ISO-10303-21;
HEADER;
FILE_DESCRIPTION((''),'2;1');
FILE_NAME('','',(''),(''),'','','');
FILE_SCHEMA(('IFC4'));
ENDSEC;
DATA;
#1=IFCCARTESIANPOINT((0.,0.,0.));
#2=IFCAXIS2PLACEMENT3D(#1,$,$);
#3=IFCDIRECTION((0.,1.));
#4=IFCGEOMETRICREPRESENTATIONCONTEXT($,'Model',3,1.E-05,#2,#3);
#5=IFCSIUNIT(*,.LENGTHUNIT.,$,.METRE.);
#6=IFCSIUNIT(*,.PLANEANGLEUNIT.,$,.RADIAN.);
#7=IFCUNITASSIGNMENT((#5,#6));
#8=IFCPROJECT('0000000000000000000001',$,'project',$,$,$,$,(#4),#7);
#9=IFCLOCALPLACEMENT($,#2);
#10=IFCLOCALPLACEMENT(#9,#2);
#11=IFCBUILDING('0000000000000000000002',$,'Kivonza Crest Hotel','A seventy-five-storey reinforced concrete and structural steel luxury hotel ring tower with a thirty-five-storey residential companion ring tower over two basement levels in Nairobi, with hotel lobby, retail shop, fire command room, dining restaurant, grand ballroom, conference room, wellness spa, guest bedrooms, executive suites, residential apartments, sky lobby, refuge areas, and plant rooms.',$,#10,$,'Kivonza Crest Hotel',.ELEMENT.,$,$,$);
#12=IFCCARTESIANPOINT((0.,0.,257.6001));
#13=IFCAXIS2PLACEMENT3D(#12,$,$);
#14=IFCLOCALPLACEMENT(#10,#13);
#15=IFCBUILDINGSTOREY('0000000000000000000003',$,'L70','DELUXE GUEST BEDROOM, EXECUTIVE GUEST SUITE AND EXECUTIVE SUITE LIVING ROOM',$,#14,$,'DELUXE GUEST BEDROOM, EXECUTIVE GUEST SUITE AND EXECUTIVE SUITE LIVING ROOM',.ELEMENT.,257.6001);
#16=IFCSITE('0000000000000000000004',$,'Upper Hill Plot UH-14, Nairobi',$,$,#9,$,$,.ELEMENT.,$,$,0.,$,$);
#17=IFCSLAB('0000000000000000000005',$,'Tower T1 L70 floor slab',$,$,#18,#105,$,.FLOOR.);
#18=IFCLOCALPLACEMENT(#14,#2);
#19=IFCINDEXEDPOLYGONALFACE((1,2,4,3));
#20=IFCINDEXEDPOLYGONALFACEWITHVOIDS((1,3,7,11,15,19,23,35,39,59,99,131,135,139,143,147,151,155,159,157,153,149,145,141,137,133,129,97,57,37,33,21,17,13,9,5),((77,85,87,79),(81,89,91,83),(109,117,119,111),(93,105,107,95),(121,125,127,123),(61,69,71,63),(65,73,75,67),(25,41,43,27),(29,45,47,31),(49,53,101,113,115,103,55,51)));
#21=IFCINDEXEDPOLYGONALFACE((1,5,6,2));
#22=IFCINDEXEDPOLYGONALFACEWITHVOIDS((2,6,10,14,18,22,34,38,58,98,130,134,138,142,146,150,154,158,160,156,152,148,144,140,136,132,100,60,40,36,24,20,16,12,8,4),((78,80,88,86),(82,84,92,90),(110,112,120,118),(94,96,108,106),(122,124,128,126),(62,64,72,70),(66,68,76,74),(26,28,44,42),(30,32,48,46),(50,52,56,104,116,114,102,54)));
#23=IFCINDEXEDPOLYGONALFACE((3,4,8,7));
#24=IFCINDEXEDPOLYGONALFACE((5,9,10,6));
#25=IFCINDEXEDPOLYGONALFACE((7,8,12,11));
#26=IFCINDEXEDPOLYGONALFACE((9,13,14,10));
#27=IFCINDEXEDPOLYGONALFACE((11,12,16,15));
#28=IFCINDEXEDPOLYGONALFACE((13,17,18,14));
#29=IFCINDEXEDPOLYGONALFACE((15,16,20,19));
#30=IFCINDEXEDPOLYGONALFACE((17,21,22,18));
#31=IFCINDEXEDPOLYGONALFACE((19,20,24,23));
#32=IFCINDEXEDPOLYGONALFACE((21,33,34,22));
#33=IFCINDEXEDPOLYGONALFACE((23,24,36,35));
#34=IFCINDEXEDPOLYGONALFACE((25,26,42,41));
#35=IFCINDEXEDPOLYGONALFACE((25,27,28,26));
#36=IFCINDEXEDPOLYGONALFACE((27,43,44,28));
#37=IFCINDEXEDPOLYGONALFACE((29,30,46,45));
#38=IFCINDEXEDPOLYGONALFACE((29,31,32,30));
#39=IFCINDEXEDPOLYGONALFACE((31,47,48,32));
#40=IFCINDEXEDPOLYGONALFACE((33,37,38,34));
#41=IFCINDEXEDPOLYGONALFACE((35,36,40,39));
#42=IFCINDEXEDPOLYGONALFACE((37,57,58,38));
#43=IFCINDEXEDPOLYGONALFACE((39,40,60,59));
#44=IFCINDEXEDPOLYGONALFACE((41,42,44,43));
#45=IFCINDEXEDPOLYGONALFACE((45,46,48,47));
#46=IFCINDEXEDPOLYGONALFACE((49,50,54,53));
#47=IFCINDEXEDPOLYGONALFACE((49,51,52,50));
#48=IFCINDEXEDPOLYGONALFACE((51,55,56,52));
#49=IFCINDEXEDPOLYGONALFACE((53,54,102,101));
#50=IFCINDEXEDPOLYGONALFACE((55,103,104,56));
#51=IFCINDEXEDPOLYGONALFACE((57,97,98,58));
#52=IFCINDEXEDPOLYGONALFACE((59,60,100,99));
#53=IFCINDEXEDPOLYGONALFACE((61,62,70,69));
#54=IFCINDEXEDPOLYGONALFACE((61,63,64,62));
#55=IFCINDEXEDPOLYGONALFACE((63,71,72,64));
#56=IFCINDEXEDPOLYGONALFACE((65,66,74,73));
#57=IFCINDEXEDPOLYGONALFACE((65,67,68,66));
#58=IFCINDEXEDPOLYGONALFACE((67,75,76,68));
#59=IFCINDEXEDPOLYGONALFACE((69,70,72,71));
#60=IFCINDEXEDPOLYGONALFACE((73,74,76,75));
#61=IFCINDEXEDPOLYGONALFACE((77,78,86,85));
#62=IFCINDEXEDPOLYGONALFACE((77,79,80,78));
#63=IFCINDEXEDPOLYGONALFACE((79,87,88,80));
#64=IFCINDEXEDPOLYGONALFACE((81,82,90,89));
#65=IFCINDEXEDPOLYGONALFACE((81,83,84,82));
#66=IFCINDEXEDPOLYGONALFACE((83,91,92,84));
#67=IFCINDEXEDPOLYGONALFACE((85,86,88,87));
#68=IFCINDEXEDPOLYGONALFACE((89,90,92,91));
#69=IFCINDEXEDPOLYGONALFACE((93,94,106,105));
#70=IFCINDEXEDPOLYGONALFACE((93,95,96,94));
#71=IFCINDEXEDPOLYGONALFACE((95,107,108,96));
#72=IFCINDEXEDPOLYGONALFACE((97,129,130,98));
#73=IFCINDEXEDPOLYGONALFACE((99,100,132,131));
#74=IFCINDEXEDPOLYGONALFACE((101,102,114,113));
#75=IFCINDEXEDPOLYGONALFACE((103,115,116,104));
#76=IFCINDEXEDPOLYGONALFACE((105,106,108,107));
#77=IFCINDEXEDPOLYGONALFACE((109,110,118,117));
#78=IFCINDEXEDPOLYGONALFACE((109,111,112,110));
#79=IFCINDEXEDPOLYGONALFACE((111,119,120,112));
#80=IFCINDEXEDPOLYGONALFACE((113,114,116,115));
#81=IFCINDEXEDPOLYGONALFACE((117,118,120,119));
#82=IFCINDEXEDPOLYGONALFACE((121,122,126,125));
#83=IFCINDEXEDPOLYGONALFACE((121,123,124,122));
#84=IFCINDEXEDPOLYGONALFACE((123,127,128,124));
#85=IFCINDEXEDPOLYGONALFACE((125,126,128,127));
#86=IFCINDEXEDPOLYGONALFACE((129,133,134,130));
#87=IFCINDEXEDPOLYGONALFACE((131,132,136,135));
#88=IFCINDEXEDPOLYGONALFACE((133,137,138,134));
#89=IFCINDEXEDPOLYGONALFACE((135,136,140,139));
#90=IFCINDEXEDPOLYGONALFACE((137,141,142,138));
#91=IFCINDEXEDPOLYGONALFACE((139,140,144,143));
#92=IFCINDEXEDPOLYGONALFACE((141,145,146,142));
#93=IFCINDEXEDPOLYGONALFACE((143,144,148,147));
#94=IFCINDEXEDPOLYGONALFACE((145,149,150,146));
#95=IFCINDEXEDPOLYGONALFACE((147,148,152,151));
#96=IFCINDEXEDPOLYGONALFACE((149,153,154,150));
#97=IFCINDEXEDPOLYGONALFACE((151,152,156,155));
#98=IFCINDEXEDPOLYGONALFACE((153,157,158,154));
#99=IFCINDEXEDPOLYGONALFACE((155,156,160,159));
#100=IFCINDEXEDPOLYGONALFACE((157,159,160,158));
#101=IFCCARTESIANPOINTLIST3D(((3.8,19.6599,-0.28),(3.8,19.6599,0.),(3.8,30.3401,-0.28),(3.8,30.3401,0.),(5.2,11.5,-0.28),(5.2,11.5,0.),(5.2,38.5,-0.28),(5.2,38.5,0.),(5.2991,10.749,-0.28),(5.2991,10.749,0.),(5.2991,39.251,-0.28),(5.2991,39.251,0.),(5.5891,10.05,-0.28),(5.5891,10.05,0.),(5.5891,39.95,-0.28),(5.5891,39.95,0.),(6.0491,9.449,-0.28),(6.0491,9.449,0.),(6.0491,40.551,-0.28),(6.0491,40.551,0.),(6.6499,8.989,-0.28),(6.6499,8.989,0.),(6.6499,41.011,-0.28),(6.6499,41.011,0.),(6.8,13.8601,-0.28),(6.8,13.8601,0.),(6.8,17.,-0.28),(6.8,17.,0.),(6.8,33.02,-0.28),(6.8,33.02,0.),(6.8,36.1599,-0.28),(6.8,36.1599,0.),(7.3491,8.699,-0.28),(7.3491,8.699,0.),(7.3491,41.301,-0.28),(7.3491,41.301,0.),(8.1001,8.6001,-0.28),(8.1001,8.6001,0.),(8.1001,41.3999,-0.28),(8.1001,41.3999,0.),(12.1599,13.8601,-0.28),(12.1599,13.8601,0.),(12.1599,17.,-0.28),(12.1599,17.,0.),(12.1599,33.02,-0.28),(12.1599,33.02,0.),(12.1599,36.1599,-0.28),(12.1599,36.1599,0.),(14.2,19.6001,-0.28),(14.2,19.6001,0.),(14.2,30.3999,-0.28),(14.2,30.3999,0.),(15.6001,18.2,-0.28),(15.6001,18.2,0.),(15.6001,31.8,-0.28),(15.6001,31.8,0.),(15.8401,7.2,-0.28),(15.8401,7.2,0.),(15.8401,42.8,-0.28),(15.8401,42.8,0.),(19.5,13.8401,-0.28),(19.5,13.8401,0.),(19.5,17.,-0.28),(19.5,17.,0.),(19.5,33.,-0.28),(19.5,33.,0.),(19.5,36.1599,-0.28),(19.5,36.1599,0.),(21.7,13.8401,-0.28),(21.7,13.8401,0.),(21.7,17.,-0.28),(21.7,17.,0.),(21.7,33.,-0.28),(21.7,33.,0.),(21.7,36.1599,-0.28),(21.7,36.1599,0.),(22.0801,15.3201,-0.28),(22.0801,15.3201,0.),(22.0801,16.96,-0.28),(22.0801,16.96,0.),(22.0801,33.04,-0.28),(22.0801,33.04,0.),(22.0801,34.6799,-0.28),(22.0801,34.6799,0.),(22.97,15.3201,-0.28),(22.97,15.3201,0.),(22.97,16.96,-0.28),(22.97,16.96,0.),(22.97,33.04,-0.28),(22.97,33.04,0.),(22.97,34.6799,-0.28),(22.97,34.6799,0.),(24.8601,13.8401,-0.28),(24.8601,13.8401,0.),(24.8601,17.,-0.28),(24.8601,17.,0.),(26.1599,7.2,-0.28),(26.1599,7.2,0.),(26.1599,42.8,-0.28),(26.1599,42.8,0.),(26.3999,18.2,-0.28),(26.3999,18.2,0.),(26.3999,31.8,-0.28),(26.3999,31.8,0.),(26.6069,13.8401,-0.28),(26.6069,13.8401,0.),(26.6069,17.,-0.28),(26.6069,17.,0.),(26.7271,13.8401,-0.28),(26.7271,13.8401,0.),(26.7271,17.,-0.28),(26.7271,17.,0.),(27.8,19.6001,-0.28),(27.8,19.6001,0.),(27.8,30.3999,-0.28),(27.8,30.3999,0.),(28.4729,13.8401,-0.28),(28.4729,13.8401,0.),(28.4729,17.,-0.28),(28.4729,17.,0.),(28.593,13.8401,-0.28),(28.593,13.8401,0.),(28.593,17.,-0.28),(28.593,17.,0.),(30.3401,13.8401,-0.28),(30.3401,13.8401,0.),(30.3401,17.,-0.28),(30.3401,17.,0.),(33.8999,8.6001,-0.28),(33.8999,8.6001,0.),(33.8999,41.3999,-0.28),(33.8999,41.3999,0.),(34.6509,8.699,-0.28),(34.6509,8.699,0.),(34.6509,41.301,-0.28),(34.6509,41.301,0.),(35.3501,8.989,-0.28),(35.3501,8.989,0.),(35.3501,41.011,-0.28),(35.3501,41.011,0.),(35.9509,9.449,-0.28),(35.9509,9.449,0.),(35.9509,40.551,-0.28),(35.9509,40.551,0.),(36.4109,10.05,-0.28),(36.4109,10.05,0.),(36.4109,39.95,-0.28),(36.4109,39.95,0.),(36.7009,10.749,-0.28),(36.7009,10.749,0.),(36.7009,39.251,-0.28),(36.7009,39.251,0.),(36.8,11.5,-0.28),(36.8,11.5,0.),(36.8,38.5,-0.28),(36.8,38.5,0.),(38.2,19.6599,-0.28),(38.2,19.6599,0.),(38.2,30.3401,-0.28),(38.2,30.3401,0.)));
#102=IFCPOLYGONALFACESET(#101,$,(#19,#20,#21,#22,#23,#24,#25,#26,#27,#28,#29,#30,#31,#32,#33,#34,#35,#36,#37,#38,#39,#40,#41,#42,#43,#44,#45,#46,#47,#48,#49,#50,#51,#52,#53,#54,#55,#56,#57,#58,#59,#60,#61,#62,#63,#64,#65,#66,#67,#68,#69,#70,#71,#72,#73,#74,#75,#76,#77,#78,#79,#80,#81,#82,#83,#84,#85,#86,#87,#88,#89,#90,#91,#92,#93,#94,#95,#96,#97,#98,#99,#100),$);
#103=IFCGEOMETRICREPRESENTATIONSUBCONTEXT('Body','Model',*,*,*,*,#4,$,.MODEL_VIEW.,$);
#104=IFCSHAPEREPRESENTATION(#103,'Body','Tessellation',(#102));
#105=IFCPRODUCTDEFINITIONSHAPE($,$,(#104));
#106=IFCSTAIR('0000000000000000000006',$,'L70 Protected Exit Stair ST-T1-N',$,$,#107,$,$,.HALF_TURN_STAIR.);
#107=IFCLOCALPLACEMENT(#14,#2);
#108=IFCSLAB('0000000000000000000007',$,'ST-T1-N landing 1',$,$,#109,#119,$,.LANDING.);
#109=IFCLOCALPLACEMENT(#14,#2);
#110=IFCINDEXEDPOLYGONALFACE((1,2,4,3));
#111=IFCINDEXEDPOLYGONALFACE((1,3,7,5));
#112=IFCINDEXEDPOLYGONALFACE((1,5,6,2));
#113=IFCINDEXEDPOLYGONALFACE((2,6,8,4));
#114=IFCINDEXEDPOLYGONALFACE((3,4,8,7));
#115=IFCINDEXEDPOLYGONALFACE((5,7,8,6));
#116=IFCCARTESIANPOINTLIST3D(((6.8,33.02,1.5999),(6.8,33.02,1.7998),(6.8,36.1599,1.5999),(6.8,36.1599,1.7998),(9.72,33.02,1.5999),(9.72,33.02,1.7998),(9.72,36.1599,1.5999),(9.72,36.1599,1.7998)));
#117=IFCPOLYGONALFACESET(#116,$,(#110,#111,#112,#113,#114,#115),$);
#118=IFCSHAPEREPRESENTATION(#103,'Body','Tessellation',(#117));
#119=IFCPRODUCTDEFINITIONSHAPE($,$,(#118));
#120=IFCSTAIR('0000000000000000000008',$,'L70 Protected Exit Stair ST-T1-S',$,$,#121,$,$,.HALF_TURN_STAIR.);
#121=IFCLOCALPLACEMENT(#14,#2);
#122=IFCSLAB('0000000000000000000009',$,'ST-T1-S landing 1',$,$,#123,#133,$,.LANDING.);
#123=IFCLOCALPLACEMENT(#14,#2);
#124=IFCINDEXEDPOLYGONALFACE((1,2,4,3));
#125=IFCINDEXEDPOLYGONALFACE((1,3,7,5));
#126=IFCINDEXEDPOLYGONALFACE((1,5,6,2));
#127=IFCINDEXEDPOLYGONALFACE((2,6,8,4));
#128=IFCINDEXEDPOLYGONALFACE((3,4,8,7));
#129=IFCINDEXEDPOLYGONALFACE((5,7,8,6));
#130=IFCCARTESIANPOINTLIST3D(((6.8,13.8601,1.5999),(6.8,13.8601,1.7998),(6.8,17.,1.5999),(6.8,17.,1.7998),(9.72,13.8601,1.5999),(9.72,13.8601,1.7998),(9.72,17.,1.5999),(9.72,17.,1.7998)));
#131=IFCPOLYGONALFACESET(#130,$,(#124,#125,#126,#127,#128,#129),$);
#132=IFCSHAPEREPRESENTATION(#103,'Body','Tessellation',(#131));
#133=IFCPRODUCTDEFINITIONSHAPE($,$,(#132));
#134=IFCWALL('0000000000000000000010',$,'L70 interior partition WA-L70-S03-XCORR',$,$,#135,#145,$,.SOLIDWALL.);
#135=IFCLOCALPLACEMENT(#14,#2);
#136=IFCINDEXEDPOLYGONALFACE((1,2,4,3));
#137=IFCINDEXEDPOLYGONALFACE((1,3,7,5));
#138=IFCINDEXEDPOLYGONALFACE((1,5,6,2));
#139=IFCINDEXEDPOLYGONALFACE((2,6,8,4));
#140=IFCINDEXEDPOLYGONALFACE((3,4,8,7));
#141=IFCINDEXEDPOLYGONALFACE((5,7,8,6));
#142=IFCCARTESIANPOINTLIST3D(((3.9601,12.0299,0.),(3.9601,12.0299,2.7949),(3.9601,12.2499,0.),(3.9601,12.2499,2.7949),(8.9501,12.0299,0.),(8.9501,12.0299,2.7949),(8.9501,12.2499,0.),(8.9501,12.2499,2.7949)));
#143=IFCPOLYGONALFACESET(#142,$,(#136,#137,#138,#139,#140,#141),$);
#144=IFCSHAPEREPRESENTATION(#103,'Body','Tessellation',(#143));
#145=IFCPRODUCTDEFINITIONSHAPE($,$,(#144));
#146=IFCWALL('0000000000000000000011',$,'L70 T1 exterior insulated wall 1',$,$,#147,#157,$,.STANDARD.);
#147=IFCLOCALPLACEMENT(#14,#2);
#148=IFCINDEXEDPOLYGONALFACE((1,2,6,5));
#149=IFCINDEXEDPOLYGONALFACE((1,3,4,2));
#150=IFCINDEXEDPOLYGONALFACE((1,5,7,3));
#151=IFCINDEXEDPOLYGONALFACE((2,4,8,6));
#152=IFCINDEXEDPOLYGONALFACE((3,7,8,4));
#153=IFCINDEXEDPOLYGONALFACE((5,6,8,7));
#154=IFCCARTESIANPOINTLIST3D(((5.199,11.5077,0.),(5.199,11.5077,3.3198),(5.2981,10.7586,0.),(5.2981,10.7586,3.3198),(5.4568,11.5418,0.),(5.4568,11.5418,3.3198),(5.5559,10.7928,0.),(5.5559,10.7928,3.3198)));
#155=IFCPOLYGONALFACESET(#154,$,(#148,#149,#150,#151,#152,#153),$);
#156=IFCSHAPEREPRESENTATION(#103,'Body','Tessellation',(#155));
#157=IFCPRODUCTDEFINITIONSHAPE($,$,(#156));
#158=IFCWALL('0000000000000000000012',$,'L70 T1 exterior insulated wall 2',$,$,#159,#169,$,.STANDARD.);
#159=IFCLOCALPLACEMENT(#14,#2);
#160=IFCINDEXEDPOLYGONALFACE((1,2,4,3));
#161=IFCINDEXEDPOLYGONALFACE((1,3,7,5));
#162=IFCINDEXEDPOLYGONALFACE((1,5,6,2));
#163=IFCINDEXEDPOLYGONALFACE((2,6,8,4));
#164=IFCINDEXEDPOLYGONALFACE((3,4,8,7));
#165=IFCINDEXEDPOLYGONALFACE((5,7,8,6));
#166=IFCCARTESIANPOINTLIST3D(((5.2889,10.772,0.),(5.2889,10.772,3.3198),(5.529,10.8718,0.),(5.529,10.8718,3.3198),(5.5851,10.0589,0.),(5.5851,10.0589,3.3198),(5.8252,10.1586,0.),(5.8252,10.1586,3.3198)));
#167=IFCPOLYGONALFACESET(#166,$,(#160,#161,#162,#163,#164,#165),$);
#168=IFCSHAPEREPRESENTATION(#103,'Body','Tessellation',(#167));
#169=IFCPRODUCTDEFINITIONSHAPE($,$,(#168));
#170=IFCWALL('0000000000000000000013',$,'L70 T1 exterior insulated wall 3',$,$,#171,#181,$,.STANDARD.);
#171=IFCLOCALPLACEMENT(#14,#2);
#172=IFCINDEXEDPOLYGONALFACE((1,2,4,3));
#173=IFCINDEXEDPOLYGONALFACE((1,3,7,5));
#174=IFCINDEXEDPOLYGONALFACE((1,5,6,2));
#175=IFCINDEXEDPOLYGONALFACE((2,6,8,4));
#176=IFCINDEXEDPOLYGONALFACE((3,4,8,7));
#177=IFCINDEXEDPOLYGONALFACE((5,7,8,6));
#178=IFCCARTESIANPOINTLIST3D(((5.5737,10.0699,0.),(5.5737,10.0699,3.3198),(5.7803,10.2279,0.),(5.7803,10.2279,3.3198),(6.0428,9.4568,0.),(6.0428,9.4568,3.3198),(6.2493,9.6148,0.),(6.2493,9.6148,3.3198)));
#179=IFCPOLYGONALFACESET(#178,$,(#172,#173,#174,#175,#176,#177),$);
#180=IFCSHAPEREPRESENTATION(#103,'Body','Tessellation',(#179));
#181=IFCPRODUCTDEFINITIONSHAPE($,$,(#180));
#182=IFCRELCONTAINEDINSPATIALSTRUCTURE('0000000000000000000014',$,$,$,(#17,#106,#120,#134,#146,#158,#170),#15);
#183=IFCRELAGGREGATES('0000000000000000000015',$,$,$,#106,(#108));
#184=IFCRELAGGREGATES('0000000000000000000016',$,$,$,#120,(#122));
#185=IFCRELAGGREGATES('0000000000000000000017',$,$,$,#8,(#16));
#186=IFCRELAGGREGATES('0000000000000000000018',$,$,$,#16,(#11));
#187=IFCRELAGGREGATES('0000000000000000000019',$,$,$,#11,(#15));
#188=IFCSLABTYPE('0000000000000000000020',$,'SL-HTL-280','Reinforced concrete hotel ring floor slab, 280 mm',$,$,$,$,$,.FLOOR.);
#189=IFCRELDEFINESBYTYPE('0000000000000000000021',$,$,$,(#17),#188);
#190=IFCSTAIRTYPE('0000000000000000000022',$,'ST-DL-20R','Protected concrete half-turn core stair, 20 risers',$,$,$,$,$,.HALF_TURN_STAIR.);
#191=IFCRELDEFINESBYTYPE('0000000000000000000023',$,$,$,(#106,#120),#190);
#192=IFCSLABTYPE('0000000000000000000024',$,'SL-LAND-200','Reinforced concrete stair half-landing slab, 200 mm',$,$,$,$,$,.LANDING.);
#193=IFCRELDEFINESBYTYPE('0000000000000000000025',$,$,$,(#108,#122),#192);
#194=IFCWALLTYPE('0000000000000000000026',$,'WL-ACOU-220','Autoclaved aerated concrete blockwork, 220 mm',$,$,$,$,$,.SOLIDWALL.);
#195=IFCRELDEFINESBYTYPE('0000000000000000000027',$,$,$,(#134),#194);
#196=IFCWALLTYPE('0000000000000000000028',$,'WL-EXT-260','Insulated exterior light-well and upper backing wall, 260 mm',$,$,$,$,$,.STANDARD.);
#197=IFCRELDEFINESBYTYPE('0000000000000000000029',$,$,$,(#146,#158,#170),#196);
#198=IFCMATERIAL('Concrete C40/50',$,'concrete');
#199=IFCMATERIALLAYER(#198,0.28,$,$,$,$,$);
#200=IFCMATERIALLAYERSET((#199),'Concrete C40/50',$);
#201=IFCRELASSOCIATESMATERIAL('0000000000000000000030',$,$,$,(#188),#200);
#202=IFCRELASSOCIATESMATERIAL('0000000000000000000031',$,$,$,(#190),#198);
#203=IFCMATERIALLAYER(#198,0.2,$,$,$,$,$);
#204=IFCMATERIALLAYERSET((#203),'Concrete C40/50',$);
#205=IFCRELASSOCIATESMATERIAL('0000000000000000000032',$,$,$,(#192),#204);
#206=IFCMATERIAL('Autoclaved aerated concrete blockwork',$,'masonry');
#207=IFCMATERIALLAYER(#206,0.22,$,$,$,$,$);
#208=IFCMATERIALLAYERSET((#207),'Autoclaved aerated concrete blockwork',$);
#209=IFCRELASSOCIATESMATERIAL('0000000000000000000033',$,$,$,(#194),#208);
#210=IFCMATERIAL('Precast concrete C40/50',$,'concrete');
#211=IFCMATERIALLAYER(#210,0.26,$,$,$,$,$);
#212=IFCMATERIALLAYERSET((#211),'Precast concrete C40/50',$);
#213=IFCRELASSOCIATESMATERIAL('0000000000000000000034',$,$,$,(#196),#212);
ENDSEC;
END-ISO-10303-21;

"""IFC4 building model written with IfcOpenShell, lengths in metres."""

from ifc_helpers import new_model, si_unit, direction, frame, frame_2d, origin, place, context, subcontext, project, spatial, polyline, rectangle, outline, extrude, material, layer, layer_set, type_object, element, aggregate, save


model = new_model("IFC4")

# Units and contexts
model_context = context("Model", 3, precision=1e-05, world=origin(), true_north=direction((0.0, 1.0)))
body_context = subcontext(model_context, "Body", "Model", "MODEL_VIEW")
ifc_project = project(units=[si_unit("LENGTHUNIT", "METRE"), si_unit("PLANEANGLEUNIT", "RADIAN")], contexts=[model_context])

# Site, building, storey
site_placement = place(None, origin())
site = spatial("IfcSite", under=ifc_project, at=site_placement, Name="Upper Hill Plot UH-14, Nairobi", CompositionType="ELEMENT", RefElevation=0.0)
building_placement = place(site_placement, origin())
building = spatial("IfcBuilding", under=site, at=building_placement, Name="Kivonza Crest Hotel", Description="A seventy-five-storey reinforced concrete and structural steel luxury hotel ring tower with a thirty-five-storey residential companion ring tower over two basement levels in Nairobi, with hotel lobby, retail shop, fire command room, dining restaurant, grand ballroom, conference room, wellness spa, guest bedrooms, executive suites, residential apartments, sky lobby, refuge areas, and plant rooms.", LongName="Kivonza Crest Hotel", CompositionType="ELEMENT")
storey_placement = place(building_placement, frame((0.0, 0.0, 257.6001)))
storey = spatial("IfcBuildingStorey", under=building, at=storey_placement, Name="L70", Description="DELUXE GUEST BEDROOM, EXECUTIVE GUEST SUITE AND EXECUTIVE SUITE LIVING ROOM", LongName="DELUXE GUEST BEDROOM, EXECUTIVE GUEST SUITE AND EXECUTIVE SUITE LIVING ROOM", CompositionType="ELEMENT", Elevation=257.6001)

# Slab
ifc_material_1 = material(Name="Concrete C40/50", Category="concrete")
ifc_layer_1 = layer(ifc_material_1, 0.28)
ifc_layer_set_1 = layer_set([ifc_layer_1], Name="Concrete C40/50")
slab_type_1 = type_object("IfcSlabType", Name="SL-HTL-280", Description="Reinforced concrete hotel ring floor slab, 280 mm", PredefinedType="FLOOR", material=ifc_layer_set_1)
slab_1_placement = place(storey_placement, frame((0.0, 0.0, -0.28)))
element("IfcSlab", 1, at=slab_1_placement, inside=storey, type_object=slab_type_1, Name="Tower T1 L70 floor slab", PredefinedType="FLOOR", context=body_context, shape_type="SweptSolid", body=[
    extrude(outline(polyline([(5.2, 11.5), (5.2991, 10.749), (5.5891, 10.05), (6.0491, 9.449), (6.6499, 8.989), (7.3491, 8.699), (8.1001, 8.6001), (15.8401, 7.2), (26.1599, 7.2), (33.8999, 8.6001), (34.6509, 8.699), (35.3501, 8.989), (35.9509, 9.449), (36.4109, 10.05), (36.7009, 10.749), (36.8, 11.5), (38.2, 19.6599), (38.2, 30.3401), (36.8, 38.5), (36.7009, 39.251), (36.4109, 39.95), (35.9509, 40.551), (35.3501, 41.011), (34.6509, 41.301), (33.8999, 41.3999), (26.1599, 42.8), (15.8401, 42.8), (8.1001, 41.3999), (7.3491, 41.301), (6.6499, 41.011), (6.0491, 40.551), (5.5891, 39.95), (5.2991, 39.251), (5.2, 38.5), (3.8, 30.3401), (3.8, 19.6599), (5.2, 11.5)]), holes=[polyline([(15.6001, 18.2), (26.3999, 18.2), (27.8, 19.6001), (27.8, 30.3999), (26.3999, 31.8), (15.6001, 31.8), (14.2, 30.3999), (14.2, 19.6001), (15.6001, 18.2)]), polyline([(6.8, 33.02), (12.1599, 33.02), (12.1599, 36.1599), (6.8, 36.1599), (6.8, 33.02)]), polyline([(6.8, 13.8601), (12.1599, 13.8601), (12.1599, 17.0), (6.8, 17.0), (6.8, 13.8601)]), polyline([(22.0801, 33.04), (22.97, 33.04), (22.97, 34.6799), (22.0801, 34.6799), (22.0801, 33.04)]), polyline([(22.0801, 15.3201), (22.97, 15.3201), (22.97, 16.96), (22.0801, 16.96), (22.0801, 15.3201)]), polyline([(19.5, 33.0), (21.7, 33.0), (21.7, 36.1599), (19.5, 36.1599), (19.5, 33.0)]), polyline([(19.5, 13.8401), (21.7, 13.8401), (21.7, 17.0), (19.5, 17.0), (19.5, 13.8401)]), polyline([(24.8601, 13.8401), (26.6069, 13.8401), (26.6069, 17.0), (24.8601, 17.0), (24.8601, 13.8401)]), polyline([(26.7271, 13.8401), (28.4729, 13.8401), (28.4729, 17.0), (26.7271, 17.0), (26.7271, 13.8401)]), polyline([(28.593, 13.8401), (30.3401, 13.8401), (30.3401, 17.0), (28.593, 17.0), (28.593, 13.8401)])]), origin(), (0.0, 0.0, 1.0), 0.28),
])

# Stairs, slabs
stair_type = type_object("IfcStairType", Name="ST-DL-20R", Description="Protected concrete half-turn core stair, 20 risers", PredefinedType="HALF_TURN_STAIR", material=ifc_material_1)
stair_1_placement = place(storey_placement, origin())
stair_1 = element("IfcStair", 2, at=stair_1_placement, inside=storey, type_object=stair_type, Name="L70 Protected Exit Stair ST-T1-N", PredefinedType="HALF_TURN_STAIR")
ifc_layer_2 = layer(ifc_material_1, 0.2)
ifc_layer_set_2 = layer_set([ifc_layer_2], Name="Concrete C40/50")
slab_type_2 = type_object("IfcSlabType", Name="SL-LAND-200", Description="Reinforced concrete stair half-landing slab, 200 mm", PredefinedType="LANDING", material=ifc_layer_set_2)
slab_2_placement = place(storey_placement, frame((0.0, 0.0, 1.5999)))
slab_2 = element("IfcSlab", 3, at=slab_2_placement, type_object=slab_type_2, Name="ST-T1-N landing 1", PredefinedType="LANDING", context=body_context, shape_type="SweptSolid", body=[
    extrude(outline(polyline([(9.72, 36.1599), (6.8, 36.1599), (6.8, 33.02), (9.72, 33.02), (9.72, 36.1599)])), origin(), (0.0, 0.0, 1.0), 0.2),
])
aggregate(stair_1, [slab_2])
stair_2_placement = place(storey_placement, origin())
stair_2 = element("IfcStair", 4, at=stair_2_placement, inside=storey, type_object=stair_type, Name="L70 Protected Exit Stair ST-T1-S", PredefinedType="HALF_TURN_STAIR")
slab_3_placement = place(storey_placement, frame((0.0, 0.0, 1.5999)))
slab_3 = element("IfcSlab", 5, at=slab_3_placement, type_object=slab_type_2, Name="ST-T1-S landing 1", PredefinedType="LANDING", context=body_context, shape_type="SweptSolid", body=[
    extrude(outline(polyline([(9.72, 17.0), (6.8, 17.0), (6.8, 13.8601), (9.72, 13.8601), (9.72, 17.0)])), origin(), (0.0, 0.0, 1.0), 0.2),
])
aggregate(stair_2, [slab_3])

# Wall
ifc_material_2 = material(Name="Autoclaved aerated concrete blockwork", Category="masonry")
ifc_layer_3 = layer(ifc_material_2, 0.22)
ifc_layer_set_3 = layer_set([ifc_layer_3], Name="Autoclaved aerated concrete blockwork")
wall_type_1 = type_object("IfcWallType", Name="WL-ACOU-220", Description="Autoclaved aerated concrete blockwork, 220 mm", PredefinedType="SOLIDWALL", material=ifc_layer_set_3)
wall_1_placement = place(storey_placement, frame((3.96, 12.1399, 0.0), z_axis=(0.0, 0.0, 1.0), x_axis=(1.0, 0.0, 0.0)))
element("IfcWall", 6, at=wall_1_placement, inside=storey, type_object=wall_type_1, Name="L70 interior partition WA-L70-S03-XCORR", PredefinedType="SOLIDWALL", context=body_context, shape_type="SweptSolid", body=[
    extrude(rectangle(XDim=4.99, YDim=0.22, at=frame_2d((2.4951, 0.0))), origin(), (0.0, 0.0, 1.0), 2.7949),
])

# Walls
ifc_material_3 = material(Name="Precast concrete C40/50", Category="concrete")
ifc_layer_4 = layer(ifc_material_3, 0.26)
ifc_layer_set_4 = layer_set([ifc_layer_4], Name="Precast concrete C40/50")
wall_type_2 = type_object("IfcWallType", Name="WL-EXT-260", Description="Insulated exterior light-well and upper backing wall, 260 mm", PredefinedType="STANDARD", material=ifc_layer_set_4)
wall_2_placement = place(storey_placement, frame((5.3279, 11.5249, 0.0), z_axis=(0.0, 0.0, 1.0), x_axis=(0.13119, -0.991357, 0.0)))
element("IfcWall", 7, at=wall_2_placement, inside=storey, type_object=wall_type_2, Name="L70 T1 exterior insulated wall 1", PredefinedType="STANDARD", context=body_context, shape_type="SweptSolid", body=[
    extrude(rectangle(XDim=0.7556, YDim=0.26, at=frame_2d((0.3779, 0.0))), origin(), (0.0, 0.0, 1.0), 3.3198),
])
wall_3_placement = place(storey_placement, frame((5.4089, 10.822, 0.0), z_axis=(0.0, 0.0, 1.0), x_axis=(0.383515, -0.923535, 0.0)))
element("IfcWall", 8, at=wall_3_placement, inside=storey, type_object=wall_type_2, Name="L70 T1 exterior insulated wall 2", PredefinedType="STANDARD", context=body_context, shape_type="SweptSolid", body=[
    extrude(rectangle(XDim=0.7722, YDim=0.26, at=frame_2d((0.3862, 0.0))), origin(), (0.0, 0.0, 1.0), 3.3198),
])
for number, where, z_axis, x_axis, name in (
    (9, (5.677, 10.1489, 0.0), (0.0, 0.0, 1.0), (0.607614, -0.794232, 0.0), "L70 T1 exterior insulated wall 3"),
):
    element("IfcWall", number, at=place(storey_placement, frame(where, z_axis=z_axis, x_axis=x_axis)), inside=storey, type_object=wall_type_2, Name=name, PredefinedType="STANDARD", context=body_context, shape_type="SweptSolid", body=[
        extrude(rectangle(XDim=0.772, YDim=0.26, at=frame_2d((0.386, 0.0))), origin(), (0.0, 0.0, 1.0), 3.3198),
    ])

save(model, "model.ifc")
